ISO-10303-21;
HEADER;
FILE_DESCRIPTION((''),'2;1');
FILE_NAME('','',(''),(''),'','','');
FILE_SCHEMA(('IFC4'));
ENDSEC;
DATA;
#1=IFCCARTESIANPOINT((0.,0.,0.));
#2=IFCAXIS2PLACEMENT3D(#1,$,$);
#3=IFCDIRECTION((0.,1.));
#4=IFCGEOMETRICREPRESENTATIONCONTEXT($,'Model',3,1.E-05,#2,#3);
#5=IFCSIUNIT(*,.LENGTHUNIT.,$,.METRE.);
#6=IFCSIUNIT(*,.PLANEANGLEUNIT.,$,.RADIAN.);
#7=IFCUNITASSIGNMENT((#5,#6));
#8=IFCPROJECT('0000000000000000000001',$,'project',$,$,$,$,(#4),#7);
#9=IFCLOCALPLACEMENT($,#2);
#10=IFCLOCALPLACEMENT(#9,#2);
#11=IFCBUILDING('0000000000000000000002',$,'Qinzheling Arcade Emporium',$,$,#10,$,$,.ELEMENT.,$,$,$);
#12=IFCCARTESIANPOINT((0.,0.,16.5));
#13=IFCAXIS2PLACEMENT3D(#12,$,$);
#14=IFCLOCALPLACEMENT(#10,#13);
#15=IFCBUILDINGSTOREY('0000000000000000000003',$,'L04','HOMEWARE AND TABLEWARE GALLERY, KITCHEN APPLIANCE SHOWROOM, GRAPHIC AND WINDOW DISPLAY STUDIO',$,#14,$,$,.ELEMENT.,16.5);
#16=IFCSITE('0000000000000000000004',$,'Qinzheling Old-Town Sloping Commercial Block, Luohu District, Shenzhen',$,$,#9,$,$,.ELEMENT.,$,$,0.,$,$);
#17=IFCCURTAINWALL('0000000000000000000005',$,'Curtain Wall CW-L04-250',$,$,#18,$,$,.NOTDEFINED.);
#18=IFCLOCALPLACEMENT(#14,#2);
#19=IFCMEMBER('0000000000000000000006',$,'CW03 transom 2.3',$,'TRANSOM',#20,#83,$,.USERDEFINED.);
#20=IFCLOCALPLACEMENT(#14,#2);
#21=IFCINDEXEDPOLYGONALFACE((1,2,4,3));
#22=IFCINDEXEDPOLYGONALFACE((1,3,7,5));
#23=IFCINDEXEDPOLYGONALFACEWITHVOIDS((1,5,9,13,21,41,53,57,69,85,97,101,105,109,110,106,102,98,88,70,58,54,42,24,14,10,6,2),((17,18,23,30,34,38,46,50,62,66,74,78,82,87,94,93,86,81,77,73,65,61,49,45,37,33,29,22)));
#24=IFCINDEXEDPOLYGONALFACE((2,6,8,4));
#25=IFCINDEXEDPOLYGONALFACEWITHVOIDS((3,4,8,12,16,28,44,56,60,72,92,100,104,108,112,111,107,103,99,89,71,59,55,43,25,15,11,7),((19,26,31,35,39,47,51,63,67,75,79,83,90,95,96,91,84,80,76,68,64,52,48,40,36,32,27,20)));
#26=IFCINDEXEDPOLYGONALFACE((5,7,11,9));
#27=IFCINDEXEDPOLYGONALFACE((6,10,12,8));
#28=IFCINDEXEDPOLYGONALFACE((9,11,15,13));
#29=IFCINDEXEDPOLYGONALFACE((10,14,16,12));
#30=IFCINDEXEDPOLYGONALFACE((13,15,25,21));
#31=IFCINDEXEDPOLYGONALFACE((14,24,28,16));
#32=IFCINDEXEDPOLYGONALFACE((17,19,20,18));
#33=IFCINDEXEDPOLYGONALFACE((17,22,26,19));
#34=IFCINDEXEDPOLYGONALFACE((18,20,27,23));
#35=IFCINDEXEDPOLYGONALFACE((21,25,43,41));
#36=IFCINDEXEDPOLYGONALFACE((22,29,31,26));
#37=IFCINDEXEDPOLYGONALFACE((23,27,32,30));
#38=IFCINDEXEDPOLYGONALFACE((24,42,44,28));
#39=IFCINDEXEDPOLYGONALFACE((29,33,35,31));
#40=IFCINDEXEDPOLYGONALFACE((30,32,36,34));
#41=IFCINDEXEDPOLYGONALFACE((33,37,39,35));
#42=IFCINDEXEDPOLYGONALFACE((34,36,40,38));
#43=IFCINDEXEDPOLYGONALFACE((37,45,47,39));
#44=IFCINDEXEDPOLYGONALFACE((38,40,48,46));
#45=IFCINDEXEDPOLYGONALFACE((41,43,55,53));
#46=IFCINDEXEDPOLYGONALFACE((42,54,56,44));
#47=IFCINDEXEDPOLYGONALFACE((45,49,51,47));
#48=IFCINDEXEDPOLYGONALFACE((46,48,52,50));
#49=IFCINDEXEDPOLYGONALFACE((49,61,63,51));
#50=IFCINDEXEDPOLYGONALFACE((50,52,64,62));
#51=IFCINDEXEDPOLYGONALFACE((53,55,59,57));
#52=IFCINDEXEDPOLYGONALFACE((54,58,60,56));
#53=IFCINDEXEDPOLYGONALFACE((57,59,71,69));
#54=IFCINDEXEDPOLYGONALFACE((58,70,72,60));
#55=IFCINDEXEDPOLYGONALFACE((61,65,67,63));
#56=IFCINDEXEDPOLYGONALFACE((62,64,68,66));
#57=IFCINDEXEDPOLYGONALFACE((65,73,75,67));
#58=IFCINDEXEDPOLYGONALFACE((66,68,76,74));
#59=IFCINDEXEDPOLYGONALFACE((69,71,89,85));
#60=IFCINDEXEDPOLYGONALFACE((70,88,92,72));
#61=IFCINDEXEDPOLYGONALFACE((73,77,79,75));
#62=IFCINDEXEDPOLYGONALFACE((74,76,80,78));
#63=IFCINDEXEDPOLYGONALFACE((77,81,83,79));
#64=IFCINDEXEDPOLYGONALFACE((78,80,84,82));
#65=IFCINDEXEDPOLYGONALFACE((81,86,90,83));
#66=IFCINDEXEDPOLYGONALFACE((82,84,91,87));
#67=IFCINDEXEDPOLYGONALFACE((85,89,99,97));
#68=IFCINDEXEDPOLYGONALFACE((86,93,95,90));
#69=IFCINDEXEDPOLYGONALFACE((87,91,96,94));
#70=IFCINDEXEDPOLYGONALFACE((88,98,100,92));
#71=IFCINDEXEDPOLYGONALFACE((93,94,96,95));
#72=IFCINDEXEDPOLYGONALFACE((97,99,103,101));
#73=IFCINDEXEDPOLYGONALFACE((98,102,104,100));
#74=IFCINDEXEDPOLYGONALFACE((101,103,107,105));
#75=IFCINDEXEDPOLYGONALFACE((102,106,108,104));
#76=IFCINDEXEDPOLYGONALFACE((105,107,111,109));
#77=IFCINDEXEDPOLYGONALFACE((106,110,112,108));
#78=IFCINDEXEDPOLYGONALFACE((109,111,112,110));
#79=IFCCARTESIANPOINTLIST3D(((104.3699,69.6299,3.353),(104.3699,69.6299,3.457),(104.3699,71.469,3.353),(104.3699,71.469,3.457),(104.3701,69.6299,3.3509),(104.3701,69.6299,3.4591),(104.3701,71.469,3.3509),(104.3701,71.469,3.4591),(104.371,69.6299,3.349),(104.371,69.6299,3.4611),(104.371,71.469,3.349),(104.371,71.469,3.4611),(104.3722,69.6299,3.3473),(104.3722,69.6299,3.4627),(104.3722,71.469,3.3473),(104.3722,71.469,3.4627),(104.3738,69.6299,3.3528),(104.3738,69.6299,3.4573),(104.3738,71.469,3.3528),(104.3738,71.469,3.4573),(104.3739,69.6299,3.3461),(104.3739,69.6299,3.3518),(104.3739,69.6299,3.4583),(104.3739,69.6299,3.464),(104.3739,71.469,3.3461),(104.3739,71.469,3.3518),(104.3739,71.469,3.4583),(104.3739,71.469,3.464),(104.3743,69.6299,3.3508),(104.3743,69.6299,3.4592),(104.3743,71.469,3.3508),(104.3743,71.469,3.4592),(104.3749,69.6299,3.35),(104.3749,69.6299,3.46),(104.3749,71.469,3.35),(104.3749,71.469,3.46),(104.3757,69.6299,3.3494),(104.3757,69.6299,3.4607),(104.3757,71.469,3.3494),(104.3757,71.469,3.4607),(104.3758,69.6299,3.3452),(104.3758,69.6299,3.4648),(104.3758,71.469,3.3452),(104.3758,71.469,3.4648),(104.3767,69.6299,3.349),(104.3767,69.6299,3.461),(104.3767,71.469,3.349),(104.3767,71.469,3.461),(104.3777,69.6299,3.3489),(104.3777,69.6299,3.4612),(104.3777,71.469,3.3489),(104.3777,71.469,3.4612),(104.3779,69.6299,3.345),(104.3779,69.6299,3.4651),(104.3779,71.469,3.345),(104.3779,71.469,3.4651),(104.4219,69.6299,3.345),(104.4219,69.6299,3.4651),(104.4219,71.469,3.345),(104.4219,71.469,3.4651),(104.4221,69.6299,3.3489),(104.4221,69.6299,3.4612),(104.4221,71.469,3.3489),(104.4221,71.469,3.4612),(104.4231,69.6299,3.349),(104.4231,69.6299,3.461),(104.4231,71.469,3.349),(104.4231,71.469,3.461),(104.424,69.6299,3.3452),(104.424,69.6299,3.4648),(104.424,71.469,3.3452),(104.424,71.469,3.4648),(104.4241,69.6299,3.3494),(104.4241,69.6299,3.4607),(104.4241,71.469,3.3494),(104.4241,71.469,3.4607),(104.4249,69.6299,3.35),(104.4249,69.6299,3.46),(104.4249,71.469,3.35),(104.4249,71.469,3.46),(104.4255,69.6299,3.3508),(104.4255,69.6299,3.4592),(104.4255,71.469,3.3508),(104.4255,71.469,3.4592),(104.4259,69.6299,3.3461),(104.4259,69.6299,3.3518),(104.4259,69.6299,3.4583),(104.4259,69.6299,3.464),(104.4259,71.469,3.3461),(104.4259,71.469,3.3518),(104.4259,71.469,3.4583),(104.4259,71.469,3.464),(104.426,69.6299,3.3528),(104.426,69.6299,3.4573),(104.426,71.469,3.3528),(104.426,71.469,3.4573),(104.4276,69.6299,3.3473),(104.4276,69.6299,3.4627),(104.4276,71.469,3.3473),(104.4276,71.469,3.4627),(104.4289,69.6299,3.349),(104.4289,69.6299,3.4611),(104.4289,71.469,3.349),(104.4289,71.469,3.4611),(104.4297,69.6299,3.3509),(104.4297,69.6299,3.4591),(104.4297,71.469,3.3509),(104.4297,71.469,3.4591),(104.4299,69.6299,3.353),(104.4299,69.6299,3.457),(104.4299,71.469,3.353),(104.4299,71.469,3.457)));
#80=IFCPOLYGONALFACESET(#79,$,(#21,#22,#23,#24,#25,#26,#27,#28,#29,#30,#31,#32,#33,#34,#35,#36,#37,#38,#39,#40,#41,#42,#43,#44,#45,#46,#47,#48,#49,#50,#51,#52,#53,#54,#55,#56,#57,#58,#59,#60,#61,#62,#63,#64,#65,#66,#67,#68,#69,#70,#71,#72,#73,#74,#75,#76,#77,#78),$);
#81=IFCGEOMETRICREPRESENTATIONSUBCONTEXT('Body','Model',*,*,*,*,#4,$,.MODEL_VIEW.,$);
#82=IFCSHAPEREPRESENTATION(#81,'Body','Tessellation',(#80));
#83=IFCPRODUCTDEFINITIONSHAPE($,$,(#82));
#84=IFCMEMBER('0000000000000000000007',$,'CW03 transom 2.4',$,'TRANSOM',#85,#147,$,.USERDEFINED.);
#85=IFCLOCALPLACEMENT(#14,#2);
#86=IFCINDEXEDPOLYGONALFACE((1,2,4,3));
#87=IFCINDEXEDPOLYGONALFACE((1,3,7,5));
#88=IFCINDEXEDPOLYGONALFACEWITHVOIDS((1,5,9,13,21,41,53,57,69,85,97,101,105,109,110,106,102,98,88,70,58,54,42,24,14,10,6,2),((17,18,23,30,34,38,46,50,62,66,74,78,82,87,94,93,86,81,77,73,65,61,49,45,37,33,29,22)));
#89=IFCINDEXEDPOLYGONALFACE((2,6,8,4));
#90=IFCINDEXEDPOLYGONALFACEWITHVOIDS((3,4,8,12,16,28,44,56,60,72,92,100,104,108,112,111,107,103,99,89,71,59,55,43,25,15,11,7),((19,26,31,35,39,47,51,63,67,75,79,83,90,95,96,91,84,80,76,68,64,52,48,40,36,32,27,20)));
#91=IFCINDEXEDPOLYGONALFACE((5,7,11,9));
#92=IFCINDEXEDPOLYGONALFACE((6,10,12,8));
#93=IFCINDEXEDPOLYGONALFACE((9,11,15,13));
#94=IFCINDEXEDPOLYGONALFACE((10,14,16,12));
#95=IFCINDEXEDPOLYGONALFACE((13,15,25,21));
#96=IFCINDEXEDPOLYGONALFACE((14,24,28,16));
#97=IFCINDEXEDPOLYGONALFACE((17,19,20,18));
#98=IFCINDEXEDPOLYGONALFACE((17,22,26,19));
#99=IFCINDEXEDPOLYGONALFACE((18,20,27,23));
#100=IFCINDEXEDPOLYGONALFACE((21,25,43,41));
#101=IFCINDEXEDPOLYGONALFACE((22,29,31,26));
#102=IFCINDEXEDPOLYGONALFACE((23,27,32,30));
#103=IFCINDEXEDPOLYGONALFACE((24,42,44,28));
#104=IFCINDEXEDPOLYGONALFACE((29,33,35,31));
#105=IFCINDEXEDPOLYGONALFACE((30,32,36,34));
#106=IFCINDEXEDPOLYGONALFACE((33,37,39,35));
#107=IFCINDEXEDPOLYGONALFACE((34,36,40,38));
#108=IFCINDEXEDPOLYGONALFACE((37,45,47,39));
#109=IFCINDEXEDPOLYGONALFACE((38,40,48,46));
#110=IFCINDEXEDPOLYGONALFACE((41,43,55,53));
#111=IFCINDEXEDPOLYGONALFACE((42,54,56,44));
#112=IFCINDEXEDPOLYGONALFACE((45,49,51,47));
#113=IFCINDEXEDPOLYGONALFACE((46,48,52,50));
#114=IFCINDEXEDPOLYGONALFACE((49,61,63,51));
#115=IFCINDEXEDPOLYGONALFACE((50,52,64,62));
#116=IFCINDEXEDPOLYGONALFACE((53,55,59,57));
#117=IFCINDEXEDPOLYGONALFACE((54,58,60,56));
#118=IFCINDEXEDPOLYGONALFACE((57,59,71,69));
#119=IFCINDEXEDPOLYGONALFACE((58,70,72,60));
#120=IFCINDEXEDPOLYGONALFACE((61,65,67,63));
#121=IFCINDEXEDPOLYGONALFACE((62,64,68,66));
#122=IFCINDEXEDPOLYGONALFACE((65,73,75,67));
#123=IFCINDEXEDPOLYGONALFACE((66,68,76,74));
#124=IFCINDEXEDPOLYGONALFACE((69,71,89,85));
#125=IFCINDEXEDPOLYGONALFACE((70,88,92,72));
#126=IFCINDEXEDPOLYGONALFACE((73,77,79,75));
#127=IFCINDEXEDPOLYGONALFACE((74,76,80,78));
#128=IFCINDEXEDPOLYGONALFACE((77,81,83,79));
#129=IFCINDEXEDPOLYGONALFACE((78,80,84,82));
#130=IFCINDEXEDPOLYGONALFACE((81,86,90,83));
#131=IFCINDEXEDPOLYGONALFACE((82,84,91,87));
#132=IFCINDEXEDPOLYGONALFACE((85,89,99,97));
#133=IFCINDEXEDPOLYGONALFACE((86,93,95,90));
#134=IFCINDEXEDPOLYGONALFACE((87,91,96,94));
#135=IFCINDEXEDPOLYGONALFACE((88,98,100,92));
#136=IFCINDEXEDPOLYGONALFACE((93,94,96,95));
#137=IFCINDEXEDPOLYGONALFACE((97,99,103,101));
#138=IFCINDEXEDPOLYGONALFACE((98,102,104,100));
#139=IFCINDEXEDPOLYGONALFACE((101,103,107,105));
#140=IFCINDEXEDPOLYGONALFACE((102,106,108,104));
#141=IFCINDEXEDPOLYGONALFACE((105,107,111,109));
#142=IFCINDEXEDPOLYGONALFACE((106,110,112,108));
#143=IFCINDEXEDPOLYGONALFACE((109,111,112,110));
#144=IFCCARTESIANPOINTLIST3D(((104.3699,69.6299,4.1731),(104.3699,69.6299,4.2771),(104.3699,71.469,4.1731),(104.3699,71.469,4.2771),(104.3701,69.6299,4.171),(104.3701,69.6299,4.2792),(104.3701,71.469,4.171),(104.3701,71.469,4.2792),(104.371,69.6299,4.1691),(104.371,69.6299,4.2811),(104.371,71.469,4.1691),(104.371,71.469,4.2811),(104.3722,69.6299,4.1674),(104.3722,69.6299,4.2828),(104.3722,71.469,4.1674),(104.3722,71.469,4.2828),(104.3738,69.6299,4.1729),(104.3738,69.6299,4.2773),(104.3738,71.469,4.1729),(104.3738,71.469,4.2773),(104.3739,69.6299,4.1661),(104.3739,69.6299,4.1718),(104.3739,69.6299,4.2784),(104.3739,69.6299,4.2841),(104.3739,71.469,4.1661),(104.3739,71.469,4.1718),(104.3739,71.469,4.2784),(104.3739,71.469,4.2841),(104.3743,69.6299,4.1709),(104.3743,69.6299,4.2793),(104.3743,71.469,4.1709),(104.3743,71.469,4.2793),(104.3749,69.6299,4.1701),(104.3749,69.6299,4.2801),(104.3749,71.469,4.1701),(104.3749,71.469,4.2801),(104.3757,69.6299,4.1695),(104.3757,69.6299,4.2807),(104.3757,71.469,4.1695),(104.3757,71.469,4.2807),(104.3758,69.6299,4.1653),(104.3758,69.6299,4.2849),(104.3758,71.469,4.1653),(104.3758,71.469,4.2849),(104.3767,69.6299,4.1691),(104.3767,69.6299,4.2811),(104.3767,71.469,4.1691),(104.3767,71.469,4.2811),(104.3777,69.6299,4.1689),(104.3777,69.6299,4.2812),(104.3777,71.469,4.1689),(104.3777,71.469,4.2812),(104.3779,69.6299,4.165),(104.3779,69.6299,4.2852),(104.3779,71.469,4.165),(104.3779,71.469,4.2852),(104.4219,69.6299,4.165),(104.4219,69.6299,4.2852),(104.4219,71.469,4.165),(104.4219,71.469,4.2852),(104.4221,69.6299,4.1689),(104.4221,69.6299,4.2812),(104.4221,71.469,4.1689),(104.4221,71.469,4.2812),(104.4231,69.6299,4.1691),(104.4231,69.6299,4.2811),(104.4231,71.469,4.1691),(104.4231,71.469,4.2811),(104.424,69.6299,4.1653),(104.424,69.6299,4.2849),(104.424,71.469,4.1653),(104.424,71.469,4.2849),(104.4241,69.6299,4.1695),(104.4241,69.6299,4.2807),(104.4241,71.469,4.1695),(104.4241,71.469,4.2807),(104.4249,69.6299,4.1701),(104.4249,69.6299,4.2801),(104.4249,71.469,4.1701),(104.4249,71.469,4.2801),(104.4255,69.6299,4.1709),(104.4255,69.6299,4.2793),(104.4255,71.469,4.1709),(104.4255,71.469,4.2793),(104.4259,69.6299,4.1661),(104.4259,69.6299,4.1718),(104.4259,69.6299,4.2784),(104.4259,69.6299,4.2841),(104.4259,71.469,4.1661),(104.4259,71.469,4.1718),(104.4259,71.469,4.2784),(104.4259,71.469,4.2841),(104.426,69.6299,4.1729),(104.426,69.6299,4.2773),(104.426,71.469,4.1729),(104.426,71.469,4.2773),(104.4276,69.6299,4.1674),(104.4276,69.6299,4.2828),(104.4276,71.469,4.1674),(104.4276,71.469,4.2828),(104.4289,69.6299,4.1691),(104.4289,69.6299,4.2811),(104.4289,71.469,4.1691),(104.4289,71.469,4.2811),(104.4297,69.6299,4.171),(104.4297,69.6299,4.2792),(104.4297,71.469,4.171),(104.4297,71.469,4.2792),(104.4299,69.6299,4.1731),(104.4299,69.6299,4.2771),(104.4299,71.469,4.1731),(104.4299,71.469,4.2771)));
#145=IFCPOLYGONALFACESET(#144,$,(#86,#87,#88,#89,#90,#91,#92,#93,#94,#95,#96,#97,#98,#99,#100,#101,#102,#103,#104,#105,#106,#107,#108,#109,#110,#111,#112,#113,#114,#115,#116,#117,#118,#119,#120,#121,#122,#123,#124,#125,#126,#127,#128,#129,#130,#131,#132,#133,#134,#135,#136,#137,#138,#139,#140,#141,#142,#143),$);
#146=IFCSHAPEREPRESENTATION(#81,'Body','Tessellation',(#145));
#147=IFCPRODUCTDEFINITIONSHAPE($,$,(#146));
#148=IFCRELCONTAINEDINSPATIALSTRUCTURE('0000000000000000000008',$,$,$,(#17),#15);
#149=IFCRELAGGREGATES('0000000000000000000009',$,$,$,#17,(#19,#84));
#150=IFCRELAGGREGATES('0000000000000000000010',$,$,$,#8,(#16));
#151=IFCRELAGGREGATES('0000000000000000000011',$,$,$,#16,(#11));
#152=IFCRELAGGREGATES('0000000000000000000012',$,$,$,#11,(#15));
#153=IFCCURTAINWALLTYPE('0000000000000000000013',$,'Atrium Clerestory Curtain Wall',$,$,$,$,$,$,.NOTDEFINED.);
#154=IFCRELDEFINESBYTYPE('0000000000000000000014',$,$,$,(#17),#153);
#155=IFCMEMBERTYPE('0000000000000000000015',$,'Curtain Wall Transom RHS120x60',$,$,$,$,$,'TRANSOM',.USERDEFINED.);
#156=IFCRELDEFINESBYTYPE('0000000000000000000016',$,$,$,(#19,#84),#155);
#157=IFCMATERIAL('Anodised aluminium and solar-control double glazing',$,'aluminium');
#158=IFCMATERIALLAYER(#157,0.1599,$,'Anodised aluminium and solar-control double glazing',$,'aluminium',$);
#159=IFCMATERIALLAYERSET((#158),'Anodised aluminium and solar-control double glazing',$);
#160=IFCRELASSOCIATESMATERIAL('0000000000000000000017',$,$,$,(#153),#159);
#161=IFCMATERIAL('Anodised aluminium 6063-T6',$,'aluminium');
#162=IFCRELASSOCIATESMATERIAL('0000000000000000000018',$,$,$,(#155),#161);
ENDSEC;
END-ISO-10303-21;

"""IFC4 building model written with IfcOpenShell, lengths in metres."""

from ifc_helpers import new_model, si_unit, direction, frame, origin, origin_2d, place, context, subcontext, project, spatial, hollow_rectangle, extrude, material, layer, layer_set, material_profile, profile_set, type_object, element, aggregate, save


model = new_model("IFC4")

# Units and contexts
model_context = context("Model", 3, precision=1e-05, world=origin(), true_north=direction((0.0, 1.0)))
body_context = subcontext(model_context, "Body", "Model", "MODEL_VIEW")
ifc_project = project(units=[si_unit("LENGTHUNIT", "METRE"), si_unit("PLANEANGLEUNIT", "RADIAN")], contexts=[model_context])

# Site, building, storey
site_placement = place(None, origin())
site = spatial("IfcSite", under=ifc_project, at=site_placement, Name="Qinzheling Old-Town Sloping Commercial Block, Luohu District, Shenzhen", CompositionType="ELEMENT", RefElevation=0.0)
building_placement = place(site_placement, origin())
building = spatial("IfcBuilding", under=site, at=building_placement, Name="Qinzheling Arcade Emporium", CompositionType="ELEMENT")
storey_placement = place(building_placement, frame((0.0, 0.0, 16.5)))
storey = spatial("IfcBuildingStorey", under=building, at=storey_placement, Name="L04", Description="HOMEWARE AND TABLEWARE GALLERY, KITCHEN APPLIANCE SHOWROOM, GRAPHIC AND WINDOW DISPLAY STUDIO", CompositionType="ELEMENT", Elevation=16.5)

# Curtain wall, members
ifc_material_1 = material(Name="Anodised aluminium and solar-control double glazing", Category="aluminium")
ifc_layer_1 = layer(ifc_material_1, 0.1599, Name="Anodised aluminium and solar-control double glazing", Category="aluminium")
ifc_layer_set_1 = layer_set([ifc_layer_1], Name="Anodised aluminium and solar-control double glazing")
curtain_wall_type = type_object("IfcCurtainWallType", Name="Atrium Clerestory Curtain Wall", PredefinedType="NOTDEFINED", material=ifc_layer_set_1)
curtain_wall_placement = place(storey_placement, origin())
curtain_wall = element("IfcCurtainWall", 1, at=curtain_wall_placement, inside=storey, type_object=curtain_wall_type, Name="Curtain Wall CW-L04-250", PredefinedType="NOTDEFINED")
ifc_material_2 = material(Name="Anodised aluminium 6063-T6", Category="aluminium")
ifc_material_profile_1 = material_profile(ifc_material_2, hollow_rectangle(XDim=0.0601, YDim=0.1201, WallThickness=0.0039, InnerFilletRadius=0.0039, OuterFilletRadius=0.0081, at=origin_2d()), Name="RHS 120x60x4", Category="aluminium")
ifc_profile_set_1 = profile_set([ifc_material_profile_1], Name="Anodised aluminium 6063-T6")
member_type_1 = type_object("IfcMemberType", Name="Curtain Wall Transom RHS120x60", ElementType="TRANSOM", PredefinedType="USERDEFINED", material=ifc_profile_set_1)
member_1_placement = place(storey_placement, frame((104.3999, 71.469, 3.405), z_axis=(0.0, -1.0, 0.0), x_axis=(1.0, 0.0, 0.0)))
member_1 = element("IfcMember", 2, at=member_1_placement, type_object=member_type_1, Name="CW03 transom 2.3", ObjectType="TRANSOM", PredefinedType="USERDEFINED", context=body_context, shape_type="SweptSolid", body=[
    extrude(hollow_rectangle(XDim=0.0601, YDim=0.1201, WallThickness=0.0039, InnerFilletRadius=0.0039, OuterFilletRadius=0.0081, at=origin_2d()), origin(), (0.0, 0.0, 1.0), 1.8391),
])
member_2_placement = place(storey_placement, frame((104.3999, 71.469, 4.2251), z_axis=(0.0, -1.0, 0.0), x_axis=(1.0, 0.0, 0.0)))
member_2 = element("IfcMember", 3, at=member_2_placement, type_object=member_type_1, Name="CW03 transom 2.4", ObjectType="TRANSOM", PredefinedType="USERDEFINED", context=body_context, shape_type="SweptSolid", body=[
    extrude(hollow_rectangle(XDim=0.0601, YDim=0.1201, WallThickness=0.0039, InnerFilletRadius=0.0039, OuterFilletRadius=0.0081, at=origin_2d()), origin(), (0.0, 0.0, 1.0), 1.8391),
])

aggregate(curtain_wall, [member_1, member_2])

save(model, "model.ifc")
